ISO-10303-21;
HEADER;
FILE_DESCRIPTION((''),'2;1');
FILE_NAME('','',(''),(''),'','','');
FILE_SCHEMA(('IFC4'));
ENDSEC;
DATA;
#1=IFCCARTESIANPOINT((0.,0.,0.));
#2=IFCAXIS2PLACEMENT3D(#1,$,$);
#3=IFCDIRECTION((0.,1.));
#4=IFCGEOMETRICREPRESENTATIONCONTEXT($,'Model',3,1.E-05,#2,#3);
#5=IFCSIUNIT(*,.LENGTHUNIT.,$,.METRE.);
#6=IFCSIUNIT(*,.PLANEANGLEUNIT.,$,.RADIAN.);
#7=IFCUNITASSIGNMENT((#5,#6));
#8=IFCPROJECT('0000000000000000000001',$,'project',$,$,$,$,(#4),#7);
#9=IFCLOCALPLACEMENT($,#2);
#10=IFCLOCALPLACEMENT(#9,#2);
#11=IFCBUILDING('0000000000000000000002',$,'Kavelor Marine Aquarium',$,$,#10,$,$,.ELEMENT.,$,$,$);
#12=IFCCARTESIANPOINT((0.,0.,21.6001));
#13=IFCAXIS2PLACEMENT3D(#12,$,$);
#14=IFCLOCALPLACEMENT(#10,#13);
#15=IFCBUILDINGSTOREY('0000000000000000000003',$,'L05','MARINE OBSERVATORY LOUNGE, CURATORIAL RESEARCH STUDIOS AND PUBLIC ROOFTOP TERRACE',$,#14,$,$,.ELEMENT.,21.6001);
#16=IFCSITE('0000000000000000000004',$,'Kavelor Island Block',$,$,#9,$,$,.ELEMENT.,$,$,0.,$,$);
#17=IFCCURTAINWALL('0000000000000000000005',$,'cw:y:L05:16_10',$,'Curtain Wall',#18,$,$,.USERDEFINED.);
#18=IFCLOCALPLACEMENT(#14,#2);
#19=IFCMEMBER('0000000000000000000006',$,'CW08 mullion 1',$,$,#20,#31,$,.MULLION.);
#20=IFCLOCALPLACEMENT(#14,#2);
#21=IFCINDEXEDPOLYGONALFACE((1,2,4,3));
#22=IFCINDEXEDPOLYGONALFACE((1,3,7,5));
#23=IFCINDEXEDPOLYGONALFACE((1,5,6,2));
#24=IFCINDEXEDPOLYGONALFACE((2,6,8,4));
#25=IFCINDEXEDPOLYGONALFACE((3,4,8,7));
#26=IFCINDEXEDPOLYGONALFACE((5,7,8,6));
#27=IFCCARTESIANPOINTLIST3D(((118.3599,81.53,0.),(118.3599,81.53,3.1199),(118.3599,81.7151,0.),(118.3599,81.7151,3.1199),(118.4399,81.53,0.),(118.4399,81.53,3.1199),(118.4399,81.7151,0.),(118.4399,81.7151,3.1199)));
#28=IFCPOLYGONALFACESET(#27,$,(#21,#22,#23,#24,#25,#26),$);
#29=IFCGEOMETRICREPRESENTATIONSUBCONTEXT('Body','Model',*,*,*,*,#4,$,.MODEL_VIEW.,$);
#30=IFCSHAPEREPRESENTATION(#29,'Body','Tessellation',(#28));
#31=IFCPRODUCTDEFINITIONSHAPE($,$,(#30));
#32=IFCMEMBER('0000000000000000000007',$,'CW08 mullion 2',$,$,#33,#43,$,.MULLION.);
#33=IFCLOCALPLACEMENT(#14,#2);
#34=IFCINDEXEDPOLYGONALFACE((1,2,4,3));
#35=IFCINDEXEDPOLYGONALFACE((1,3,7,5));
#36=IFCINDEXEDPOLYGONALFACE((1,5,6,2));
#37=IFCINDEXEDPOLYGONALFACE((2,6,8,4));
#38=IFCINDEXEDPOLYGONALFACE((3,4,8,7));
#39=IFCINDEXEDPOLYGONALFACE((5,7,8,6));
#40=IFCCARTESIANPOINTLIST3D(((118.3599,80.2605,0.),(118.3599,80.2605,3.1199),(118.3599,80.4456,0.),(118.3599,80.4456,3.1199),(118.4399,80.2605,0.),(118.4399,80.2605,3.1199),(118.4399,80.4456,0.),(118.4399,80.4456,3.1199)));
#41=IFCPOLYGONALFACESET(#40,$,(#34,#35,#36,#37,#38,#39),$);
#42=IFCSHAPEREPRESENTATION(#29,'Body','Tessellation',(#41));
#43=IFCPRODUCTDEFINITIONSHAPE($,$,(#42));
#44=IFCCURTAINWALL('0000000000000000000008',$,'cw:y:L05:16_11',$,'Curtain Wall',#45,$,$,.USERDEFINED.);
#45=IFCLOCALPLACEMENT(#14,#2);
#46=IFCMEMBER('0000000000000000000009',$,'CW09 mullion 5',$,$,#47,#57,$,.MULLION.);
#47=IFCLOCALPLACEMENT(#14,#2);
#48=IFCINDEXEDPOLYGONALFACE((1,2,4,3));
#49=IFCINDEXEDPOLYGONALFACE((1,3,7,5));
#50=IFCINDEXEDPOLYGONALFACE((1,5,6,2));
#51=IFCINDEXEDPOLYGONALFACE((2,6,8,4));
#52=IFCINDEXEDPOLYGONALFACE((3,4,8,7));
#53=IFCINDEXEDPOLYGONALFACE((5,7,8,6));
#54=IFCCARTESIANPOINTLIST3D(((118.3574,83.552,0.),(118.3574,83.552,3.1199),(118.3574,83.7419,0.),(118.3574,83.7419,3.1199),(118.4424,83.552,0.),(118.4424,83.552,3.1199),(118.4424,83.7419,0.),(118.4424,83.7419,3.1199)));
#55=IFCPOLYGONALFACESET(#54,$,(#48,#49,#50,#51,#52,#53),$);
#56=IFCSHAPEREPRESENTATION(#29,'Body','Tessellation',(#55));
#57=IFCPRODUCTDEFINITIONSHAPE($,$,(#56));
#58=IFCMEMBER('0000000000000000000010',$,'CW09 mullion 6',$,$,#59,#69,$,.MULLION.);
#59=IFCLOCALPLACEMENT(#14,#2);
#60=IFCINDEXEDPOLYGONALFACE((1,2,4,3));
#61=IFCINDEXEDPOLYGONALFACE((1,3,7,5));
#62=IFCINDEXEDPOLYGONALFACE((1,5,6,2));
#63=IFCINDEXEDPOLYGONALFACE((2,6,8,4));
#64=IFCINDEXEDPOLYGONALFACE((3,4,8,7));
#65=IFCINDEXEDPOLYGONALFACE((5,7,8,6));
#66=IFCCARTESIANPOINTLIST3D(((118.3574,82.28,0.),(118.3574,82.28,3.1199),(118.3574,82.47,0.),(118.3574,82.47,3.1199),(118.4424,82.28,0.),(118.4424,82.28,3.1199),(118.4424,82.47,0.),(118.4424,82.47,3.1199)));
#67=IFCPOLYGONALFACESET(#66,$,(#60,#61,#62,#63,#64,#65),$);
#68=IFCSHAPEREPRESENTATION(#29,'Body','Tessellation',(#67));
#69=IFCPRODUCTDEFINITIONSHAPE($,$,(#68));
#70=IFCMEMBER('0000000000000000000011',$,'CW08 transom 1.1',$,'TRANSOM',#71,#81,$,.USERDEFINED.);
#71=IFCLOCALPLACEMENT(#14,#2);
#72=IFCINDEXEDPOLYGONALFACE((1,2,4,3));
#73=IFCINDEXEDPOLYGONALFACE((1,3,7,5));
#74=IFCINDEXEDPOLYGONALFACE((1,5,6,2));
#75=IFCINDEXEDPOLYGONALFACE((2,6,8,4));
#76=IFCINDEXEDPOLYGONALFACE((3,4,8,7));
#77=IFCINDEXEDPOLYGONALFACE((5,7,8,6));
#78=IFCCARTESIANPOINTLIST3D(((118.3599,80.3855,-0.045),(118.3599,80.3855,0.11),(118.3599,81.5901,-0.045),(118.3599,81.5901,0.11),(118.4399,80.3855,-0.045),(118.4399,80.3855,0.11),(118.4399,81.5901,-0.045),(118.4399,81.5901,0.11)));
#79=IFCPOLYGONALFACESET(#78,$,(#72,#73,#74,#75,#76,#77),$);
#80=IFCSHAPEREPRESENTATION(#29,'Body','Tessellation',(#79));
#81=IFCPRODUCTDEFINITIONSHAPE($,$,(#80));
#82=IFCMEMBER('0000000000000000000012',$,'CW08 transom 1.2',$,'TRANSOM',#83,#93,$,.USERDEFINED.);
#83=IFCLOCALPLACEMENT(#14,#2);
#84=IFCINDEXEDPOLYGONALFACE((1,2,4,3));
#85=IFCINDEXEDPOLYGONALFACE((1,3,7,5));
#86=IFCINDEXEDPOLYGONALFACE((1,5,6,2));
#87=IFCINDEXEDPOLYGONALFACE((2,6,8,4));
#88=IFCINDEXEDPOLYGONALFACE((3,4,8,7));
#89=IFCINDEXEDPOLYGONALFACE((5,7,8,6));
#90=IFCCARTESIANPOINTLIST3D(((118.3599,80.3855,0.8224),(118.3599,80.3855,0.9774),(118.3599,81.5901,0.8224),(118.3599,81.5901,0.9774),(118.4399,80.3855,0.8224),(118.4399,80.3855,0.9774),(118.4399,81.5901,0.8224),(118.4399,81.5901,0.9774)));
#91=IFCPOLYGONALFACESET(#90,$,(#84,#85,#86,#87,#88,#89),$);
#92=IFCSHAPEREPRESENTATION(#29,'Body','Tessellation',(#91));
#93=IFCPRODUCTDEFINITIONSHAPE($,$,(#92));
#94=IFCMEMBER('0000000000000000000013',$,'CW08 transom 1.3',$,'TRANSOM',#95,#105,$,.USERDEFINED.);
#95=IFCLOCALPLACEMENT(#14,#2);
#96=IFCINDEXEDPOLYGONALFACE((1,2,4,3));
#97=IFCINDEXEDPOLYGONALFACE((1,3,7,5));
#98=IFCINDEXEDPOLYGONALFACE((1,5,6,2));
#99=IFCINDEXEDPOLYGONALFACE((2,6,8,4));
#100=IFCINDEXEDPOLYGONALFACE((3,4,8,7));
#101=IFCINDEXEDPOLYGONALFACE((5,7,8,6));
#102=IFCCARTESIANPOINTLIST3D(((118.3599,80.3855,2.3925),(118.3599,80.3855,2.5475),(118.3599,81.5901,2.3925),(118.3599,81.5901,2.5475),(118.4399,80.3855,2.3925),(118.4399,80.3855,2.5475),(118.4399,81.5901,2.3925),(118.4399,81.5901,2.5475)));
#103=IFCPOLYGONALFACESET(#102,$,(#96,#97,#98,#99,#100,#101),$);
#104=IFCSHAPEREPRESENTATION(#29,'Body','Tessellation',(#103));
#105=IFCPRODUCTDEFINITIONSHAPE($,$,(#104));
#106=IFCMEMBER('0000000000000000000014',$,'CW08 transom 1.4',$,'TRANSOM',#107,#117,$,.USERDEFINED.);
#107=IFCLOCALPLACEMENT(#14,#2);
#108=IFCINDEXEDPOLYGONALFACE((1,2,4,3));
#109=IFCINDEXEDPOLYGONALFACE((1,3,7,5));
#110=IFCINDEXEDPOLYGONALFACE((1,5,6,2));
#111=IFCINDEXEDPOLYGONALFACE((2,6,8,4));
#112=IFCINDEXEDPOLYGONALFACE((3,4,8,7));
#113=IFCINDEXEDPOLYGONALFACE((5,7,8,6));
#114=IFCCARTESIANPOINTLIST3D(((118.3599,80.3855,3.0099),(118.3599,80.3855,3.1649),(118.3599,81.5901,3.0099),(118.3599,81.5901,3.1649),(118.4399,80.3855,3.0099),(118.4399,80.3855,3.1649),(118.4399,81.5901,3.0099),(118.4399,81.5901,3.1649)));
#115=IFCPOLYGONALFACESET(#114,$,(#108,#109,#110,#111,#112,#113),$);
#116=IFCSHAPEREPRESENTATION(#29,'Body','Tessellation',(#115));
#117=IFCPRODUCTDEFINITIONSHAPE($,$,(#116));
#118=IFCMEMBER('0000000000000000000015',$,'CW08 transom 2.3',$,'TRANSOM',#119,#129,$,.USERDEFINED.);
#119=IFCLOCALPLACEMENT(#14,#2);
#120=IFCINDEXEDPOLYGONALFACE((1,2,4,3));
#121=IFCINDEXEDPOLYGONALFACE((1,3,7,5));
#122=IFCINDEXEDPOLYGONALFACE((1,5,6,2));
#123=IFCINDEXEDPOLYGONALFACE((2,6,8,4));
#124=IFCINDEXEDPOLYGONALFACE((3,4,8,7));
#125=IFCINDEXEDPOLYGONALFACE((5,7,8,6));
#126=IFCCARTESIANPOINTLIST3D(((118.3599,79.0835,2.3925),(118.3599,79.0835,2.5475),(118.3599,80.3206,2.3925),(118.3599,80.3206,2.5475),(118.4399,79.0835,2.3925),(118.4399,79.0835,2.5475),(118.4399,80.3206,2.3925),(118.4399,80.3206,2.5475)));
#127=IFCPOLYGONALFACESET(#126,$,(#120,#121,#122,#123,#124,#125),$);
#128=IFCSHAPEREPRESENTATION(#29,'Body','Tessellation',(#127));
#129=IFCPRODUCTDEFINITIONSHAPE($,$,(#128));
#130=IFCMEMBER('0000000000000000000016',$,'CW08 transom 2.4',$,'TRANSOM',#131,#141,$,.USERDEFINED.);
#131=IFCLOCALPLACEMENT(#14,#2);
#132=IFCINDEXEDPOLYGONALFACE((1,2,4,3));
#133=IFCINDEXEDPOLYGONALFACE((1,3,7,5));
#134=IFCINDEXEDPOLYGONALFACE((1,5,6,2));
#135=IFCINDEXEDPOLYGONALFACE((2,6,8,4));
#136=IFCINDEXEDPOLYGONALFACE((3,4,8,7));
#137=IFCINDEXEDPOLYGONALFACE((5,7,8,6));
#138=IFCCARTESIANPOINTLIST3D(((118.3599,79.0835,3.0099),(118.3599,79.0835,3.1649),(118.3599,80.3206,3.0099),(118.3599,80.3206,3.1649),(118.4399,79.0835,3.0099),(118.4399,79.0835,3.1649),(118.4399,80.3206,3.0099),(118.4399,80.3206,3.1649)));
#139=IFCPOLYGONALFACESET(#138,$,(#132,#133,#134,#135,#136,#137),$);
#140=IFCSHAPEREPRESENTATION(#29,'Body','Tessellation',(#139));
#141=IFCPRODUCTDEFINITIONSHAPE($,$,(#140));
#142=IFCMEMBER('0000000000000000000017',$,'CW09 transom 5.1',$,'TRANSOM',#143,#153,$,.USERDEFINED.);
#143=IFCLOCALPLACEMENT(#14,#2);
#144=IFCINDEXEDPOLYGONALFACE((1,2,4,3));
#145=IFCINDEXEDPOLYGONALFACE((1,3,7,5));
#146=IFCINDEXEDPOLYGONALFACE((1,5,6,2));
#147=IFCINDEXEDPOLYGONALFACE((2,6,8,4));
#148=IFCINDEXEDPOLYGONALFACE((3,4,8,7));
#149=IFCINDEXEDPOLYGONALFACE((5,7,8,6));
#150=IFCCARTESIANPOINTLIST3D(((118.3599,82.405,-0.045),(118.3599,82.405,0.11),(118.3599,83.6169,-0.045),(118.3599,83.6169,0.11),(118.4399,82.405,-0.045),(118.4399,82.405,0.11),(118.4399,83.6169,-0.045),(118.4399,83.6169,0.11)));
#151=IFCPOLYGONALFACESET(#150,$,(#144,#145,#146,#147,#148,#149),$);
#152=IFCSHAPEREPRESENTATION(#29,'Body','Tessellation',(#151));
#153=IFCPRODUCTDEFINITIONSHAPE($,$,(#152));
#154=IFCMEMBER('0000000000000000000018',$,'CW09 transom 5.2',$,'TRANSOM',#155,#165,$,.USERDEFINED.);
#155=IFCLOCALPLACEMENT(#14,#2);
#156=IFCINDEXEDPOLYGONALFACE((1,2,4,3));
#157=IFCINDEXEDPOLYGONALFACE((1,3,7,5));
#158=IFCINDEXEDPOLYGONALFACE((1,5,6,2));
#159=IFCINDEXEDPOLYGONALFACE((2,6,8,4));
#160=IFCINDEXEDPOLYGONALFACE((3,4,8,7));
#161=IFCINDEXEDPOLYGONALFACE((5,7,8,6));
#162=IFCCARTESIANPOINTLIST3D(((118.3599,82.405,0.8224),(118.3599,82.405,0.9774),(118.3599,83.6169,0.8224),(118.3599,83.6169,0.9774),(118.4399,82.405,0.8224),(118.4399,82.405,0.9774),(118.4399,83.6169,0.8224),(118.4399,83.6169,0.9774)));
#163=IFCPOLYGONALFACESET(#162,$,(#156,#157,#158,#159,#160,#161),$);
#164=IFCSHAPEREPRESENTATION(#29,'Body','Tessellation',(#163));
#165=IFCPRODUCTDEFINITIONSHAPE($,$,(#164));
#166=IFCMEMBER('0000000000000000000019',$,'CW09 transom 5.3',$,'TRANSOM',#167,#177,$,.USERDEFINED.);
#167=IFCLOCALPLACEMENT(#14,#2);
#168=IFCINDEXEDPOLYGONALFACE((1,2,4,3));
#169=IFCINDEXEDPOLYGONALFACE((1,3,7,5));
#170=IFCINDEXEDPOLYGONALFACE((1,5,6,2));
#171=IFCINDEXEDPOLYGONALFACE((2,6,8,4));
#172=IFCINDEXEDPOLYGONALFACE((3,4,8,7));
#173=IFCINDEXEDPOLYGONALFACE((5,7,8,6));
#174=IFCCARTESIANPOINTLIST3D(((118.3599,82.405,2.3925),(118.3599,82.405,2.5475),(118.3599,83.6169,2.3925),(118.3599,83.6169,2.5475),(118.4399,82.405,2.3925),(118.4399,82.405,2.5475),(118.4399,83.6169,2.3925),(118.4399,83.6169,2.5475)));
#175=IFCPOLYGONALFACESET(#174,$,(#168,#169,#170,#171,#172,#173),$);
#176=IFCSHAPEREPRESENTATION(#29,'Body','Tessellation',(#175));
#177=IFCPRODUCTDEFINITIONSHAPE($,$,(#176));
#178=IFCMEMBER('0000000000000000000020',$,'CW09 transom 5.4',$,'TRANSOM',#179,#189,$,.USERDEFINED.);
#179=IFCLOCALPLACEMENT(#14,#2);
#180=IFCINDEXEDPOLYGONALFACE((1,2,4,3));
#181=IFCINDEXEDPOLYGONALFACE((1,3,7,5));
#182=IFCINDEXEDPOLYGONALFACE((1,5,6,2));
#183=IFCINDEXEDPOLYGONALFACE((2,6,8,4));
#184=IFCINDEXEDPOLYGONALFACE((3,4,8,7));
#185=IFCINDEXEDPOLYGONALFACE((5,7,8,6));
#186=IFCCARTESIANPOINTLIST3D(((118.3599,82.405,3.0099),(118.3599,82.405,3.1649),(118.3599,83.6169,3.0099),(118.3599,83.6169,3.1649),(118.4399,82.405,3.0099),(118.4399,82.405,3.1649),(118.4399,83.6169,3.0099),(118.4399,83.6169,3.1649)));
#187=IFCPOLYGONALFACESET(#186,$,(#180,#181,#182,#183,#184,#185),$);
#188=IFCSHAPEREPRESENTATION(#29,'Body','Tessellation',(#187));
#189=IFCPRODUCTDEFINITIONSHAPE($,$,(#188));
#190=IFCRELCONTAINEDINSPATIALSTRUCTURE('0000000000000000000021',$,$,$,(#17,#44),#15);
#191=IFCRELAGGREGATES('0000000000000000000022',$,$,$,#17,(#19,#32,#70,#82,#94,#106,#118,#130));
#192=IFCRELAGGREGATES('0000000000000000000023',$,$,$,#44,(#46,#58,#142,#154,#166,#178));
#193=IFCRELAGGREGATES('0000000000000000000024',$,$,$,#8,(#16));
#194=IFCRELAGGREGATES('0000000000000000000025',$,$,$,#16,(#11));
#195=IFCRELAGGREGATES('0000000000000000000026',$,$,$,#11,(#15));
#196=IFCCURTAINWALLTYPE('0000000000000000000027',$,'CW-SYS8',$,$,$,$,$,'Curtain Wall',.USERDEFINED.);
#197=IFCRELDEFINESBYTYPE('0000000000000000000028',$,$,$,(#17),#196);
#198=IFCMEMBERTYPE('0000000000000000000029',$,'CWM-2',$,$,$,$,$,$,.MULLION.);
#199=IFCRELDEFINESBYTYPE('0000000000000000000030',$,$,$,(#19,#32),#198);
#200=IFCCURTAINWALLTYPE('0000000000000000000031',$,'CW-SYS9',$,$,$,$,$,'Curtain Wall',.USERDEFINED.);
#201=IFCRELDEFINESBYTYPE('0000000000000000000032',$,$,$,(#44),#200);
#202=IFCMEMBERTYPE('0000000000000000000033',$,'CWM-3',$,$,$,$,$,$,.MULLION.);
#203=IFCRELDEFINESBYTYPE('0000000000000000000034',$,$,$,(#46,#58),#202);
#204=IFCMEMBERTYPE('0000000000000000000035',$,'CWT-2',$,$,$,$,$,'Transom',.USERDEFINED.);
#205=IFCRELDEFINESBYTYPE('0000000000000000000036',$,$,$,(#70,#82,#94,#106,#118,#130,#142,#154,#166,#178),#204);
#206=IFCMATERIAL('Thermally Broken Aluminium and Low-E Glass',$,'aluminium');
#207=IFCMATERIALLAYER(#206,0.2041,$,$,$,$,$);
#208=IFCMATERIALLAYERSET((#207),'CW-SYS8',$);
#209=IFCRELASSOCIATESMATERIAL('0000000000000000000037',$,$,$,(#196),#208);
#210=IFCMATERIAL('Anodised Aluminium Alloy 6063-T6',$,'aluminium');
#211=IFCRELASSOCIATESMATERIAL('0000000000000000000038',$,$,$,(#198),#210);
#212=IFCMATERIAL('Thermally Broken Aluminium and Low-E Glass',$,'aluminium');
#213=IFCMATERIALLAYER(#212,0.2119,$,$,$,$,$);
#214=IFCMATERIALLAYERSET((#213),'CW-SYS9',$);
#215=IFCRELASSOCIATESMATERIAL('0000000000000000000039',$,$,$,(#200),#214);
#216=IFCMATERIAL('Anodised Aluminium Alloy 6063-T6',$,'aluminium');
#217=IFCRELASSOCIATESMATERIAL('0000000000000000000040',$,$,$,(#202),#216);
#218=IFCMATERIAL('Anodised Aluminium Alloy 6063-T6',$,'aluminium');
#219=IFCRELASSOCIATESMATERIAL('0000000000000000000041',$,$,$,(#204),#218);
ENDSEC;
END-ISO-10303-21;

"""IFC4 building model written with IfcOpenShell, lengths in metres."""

from ifc_helpers import new_model, si_unit, direction, frame, origin, origin_2d, place, context, subcontext, project, spatial, rectangle, extrude, material, layer, layer_set, material_profile, profile_set, type_object, element, aggregate, save


model = new_model("IFC4")

# Units and contexts
model_context = context("Model", 3, precision=1e-05, world=origin(), true_north=direction((0.0, 1.0)))
body_context = subcontext(model_context, "Body", "Model", "MODEL_VIEW")
ifc_project = project(units=[si_unit("LENGTHUNIT", "METRE"), si_unit("PLANEANGLEUNIT", "RADIAN")], contexts=[model_context])

# Site, building, storey
site_placement = place(None, origin())
site = spatial("IfcSite", under=ifc_project, at=site_placement, Name="Kavelor Island Block", CompositionType="ELEMENT", RefElevation=0.0)
building_placement = place(site_placement, origin())
building = spatial("IfcBuilding", under=site, at=building_placement, Name="Kavelor Marine Aquarium", CompositionType="ELEMENT")
storey_placement = place(building_placement, frame((0.0, 0.0, 21.6001)))
storey = spatial("IfcBuildingStorey", under=building, at=storey_placement, Name="L05", Description="MARINE OBSERVATORY LOUNGE, CURATORIAL RESEARCH STUDIOS AND PUBLIC ROOFTOP TERRACE", CompositionType="ELEMENT", Elevation=21.6001)

# Curtain walls, members
ifc_material_1 = material(Name="Thermally Broken Aluminium and Low-E Glass", Category="aluminium")
ifc_layer_1 = layer(ifc_material_1, 0.2041)
ifc_layer_set_1 = layer_set([ifc_layer_1], Name="CW-SYS8")
curtain_wall_type_1 = type_object("IfcCurtainWallType", Name="CW-SYS8", ElementType="Curtain Wall", PredefinedType="USERDEFINED", material=ifc_layer_set_1)
curtain_wall_1_placement = place(storey_placement, origin())
curtain_wall_1 = element("IfcCurtainWall", 1, at=curtain_wall_1_placement, inside=storey, type_object=curtain_wall_type_1, Name="cw:y:L05:16_10", ObjectType="Curtain Wall", PredefinedType="USERDEFINED")
ifc_material_2 = material(Name="Anodised Aluminium Alloy 6063-T6", Category="aluminium")
ifc_material_profile_1 = material_profile(ifc_material_2, rectangle(XDim=0.0801, YDim=0.1851, at=origin_2d()), Name="CW-MUL 80x185")
ifc_profile_set_1 = profile_set([ifc_material_profile_1], Name="Anodised Aluminium Alloy 6063-T6")
member_type_1 = type_object("IfcMemberType", Name="CWM-2", PredefinedType="MULLION", material=ifc_profile_set_1)
member_1_placement = place(storey_placement, frame((118.3999, 81.6226, 0.0), z_axis=(0.0, 0.0, 1.0), x_axis=(1.0, 0.0, 0.0)))
member_1 = element("IfcMember", 2, at=member_1_placement, type_object=member_type_1, Name="CW08 mullion 1", PredefinedType="MULLION", context=body_context, shape_type="SweptSolid", body=[
    extrude(rectangle(XDim=0.0801, YDim=0.1851, at=origin_2d()), origin(), (0.0, 0.0, 1.0), 3.1199),
])
member_2_placement = place(storey_placement, frame((118.3999, 80.353, 0.0), z_axis=(0.0, 0.0, 1.0), x_axis=(1.0, 0.0, 0.0)))
member_2 = element("IfcMember", 3, at=member_2_placement, type_object=member_type_1, Name="CW08 mullion 2", PredefinedType="MULLION", context=body_context, shape_type="SweptSolid", body=[
    extrude(rectangle(XDim=0.0801, YDim=0.1851, at=origin_2d()), origin(), (0.0, 0.0, 1.0), 3.1199),
])
ifc_material_3 = material(Name="Thermally Broken Aluminium and Low-E Glass", Category="aluminium")
ifc_layer_2 = layer(ifc_material_3, 0.2119)
ifc_layer_set_2 = layer_set([ifc_layer_2], Name="CW-SYS9")
curtain_wall_type_2 = type_object("IfcCurtainWallType", Name="CW-SYS9", ElementType="Curtain Wall", PredefinedType="USERDEFINED", material=ifc_layer_set_2)
curtain_wall_2_placement = place(storey_placement, origin())
curtain_wall_2 = element("IfcCurtainWall", 4, at=curtain_wall_2_placement, inside=storey, type_object=curtain_wall_type_2, Name="cw:y:L05:16_11", ObjectType="Curtain Wall", PredefinedType="USERDEFINED")
ifc_material_4 = material(Name="Anodised Aluminium Alloy 6063-T6", Category="aluminium")
ifc_material_profile_2 = material_profile(ifc_material_4, rectangle(XDim=0.085, YDim=0.1899, at=origin_2d()), Name="CW-MUL 85x190")
ifc_profile_set_2 = profile_set([ifc_material_profile_2], Name="Anodised Aluminium Alloy 6063-T6")
member_type_2 = type_object("IfcMemberType", Name="CWM-3", PredefinedType="MULLION", material=ifc_profile_set_2)
member_3_placement = place(storey_placement, frame((118.3999, 83.647, 0.0), z_axis=(0.0, 0.0, 1.0), x_axis=(1.0, 0.0, 0.0)))
member_3 = element("IfcMember", 5, at=member_3_placement, type_object=member_type_2, Name="CW09 mullion 5", PredefinedType="MULLION", context=body_context, shape_type="SweptSolid", body=[
    extrude(rectangle(XDim=0.085, YDim=0.1899, at=origin_2d()), origin(), (0.0, 0.0, 1.0), 3.1199),
])
member_4_placement = place(storey_placement, frame((118.3999, 82.375, 0.0), z_axis=(0.0, 0.0, 1.0), x_axis=(1.0, 0.0, 0.0)))
member_4 = element("IfcMember", 6, at=member_4_placement, type_object=member_type_2, Name="CW09 mullion 6", PredefinedType="MULLION", context=body_context, shape_type="SweptSolid", body=[
    extrude(rectangle(XDim=0.085, YDim=0.1899, at=origin_2d()), origin(), (0.0, 0.0, 1.0), 3.1199),
])

# Members
ifc_material_5 = material(Name="Anodised Aluminium Alloy 6063-T6", Category="aluminium")
ifc_material_profile_3 = material_profile(ifc_material_5, rectangle(XDim=0.0801, YDim=0.155, at=origin_2d()), Name="CW-TRN 80x155")
ifc_profile_set_3 = profile_set([ifc_material_profile_3], Name="Anodised Aluminium Alloy 6063-T6")
member_type_3 = type_object("IfcMemberType", Name="CWT-2", ElementType="Transom", PredefinedType="USERDEFINED", material=ifc_profile_set_3)
member_5_placement = place(storey_placement, frame((118.3999, 81.5901, 0.0325), z_axis=(0.0, -1.0, 0.0), x_axis=(1.0, 0.0, 0.0)))
member_5 = element("IfcMember", 7, at=member_5_placement, type_object=member_type_3, Name="CW08 transom 1.1", ObjectType="TRANSOM", PredefinedType="USERDEFINED", context=body_context, shape_type="SweptSolid", body=[
    extrude(rectangle(XDim=0.0801, YDim=0.155, at=origin_2d()), origin(), (0.0, 0.0, 1.0), 1.2046),
])
member_6_placement = place(storey_placement, frame((118.3999, 81.5901, 0.8999), z_axis=(0.0, -1.0, 0.0), x_axis=(1.0, 0.0, 0.0)))
member_6 = element("IfcMember", 8, at=member_6_placement, type_object=member_type_3, Name="CW08 transom 1.2", ObjectType="TRANSOM", PredefinedType="USERDEFINED", context=body_context, shape_type="SweptSolid", body=[
    extrude(rectangle(XDim=0.0801, YDim=0.155, at=origin_2d()), origin(), (0.0, 0.0, 1.0), 1.2046),
])
member_7_placement = place(storey_placement, frame((118.3999, 81.5901, 2.47), z_axis=(0.0, -1.0, 0.0), x_axis=(1.0, 0.0, 0.0)))
member_7 = element("IfcMember", 9, at=member_7_placement, type_object=member_type_3, Name="CW08 transom 1.3", ObjectType="TRANSOM", PredefinedType="USERDEFINED", context=body_context, shape_type="SweptSolid", body=[
    extrude(rectangle(XDim=0.0801, YDim=0.155, at=origin_2d()), origin(), (0.0, 0.0, 1.0), 1.2046),
])
member_8_placement = place(storey_placement, frame((118.3999, 81.5901, 3.0874), z_axis=(0.0, -1.0, 0.0), x_axis=(1.0, 0.0, 0.0)))
member_8 = element("IfcMember", 10, at=member_8_placement, type_object=member_type_3, Name="CW08 transom 1.4", ObjectType="TRANSOM", PredefinedType="USERDEFINED", context=body_context, shape_type="SweptSolid", body=[
    extrude(rectangle(XDim=0.0801, YDim=0.155, at=origin_2d()), origin(), (0.0, 0.0, 1.0), 1.2046),
])
member_9_placement = place(storey_placement, frame((118.3999, 80.3206, 2.47), z_axis=(0.0, -1.0, 0.0), x_axis=(1.0, 0.0, 0.0)))
member_9 = element("IfcMember", 11, at=member_9_placement, type_object=member_type_3, Name="CW08 transom 2.3", ObjectType="TRANSOM", PredefinedType="USERDEFINED", context=body_context, shape_type="SweptSolid", body=[
    extrude(rectangle(XDim=0.0801, YDim=0.155, at=origin_2d()), origin(), (0.0, 0.0, 1.0), 1.2371),
])
member_10_placement = place(storey_placement, frame((118.3999, 80.3206, 3.0874), z_axis=(0.0, -1.0, 0.0), x_axis=(1.0, 0.0, 0.0)))
member_10 = element("IfcMember", 12, at=member_10_placement, type_object=member_type_3, Name="CW08 transom 2.4", ObjectType="TRANSOM", PredefinedType="USERDEFINED", context=body_context, shape_type="SweptSolid", body=[
    extrude(rectangle(XDim=0.0801, YDim=0.155, at=origin_2d()), origin(), (0.0, 0.0, 1.0), 1.2371),
])
member_11_placement = place(storey_placement, frame((118.3999, 83.6169, 0.0325), z_axis=(0.0, -1.0, 0.0), x_axis=(1.0, 0.0, 0.0)))
member_11 = element("IfcMember", 13, at=member_11_placement, type_object=member_type_3, Name="CW09 transom 5.1", ObjectType="TRANSOM", PredefinedType="USERDEFINED", context=body_context, shape_type="SweptSolid", body=[
    extrude(rectangle(XDim=0.0801, YDim=0.155, at=origin_2d()), origin(), (0.0, 0.0, 1.0), 1.2119),
])
member_12_placement = place(storey_placement, frame((118.3999, 83.6169, 0.8999), z_axis=(0.0, -1.0, 0.0), x_axis=(1.0, 0.0, 0.0)))
member_12 = element("IfcMember", 14, at=member_12_placement, type_object=member_type_3, Name="CW09 transom 5.2", ObjectType="TRANSOM", PredefinedType="USERDEFINED", context=body_context, shape_type="SweptSolid", body=[
    extrude(rectangle(XDim=0.0801, YDim=0.155, at=origin_2d()), origin(), (0.0, 0.0, 1.0), 1.2119),
])
member_13_placement = place(storey_placement, frame((118.3999, 83.6169, 2.47), z_axis=(0.0, -1.0, 0.0), x_axis=(1.0, 0.0, 0.0)))
member_13 = element("IfcMember", 15, at=member_13_placement, type_object=member_type_3, Name="CW09 transom 5.3", ObjectType="TRANSOM", PredefinedType="USERDEFINED", context=body_context, shape_type="SweptSolid", body=[
    extrude(rectangle(XDim=0.0801, YDim=0.155, at=origin_2d()), origin(), (0.0, 0.0, 1.0), 1.2119),
])
member_14_placement = place(storey_placement, frame((118.3999, 83.6169, 3.0874), z_axis=(0.0, -1.0, 0.0), x_axis=(1.0, 0.0, 0.0)))
member_14 = element("IfcMember", 16, at=member_14_placement, type_object=member_type_3, Name="CW09 transom 5.4", ObjectType="TRANSOM", PredefinedType="USERDEFINED", context=body_context, shape_type="SweptSolid", body=[
    extrude(rectangle(XDim=0.0801, YDim=0.155, at=origin_2d()), origin(), (0.0, 0.0, 1.0), 1.2119),
])

aggregate(curtain_wall_1, [member_1, member_2, member_5, member_6, member_7, member_8, member_9, member_10])
aggregate(curtain_wall_2, [member_3, member_4, member_11, member_12, member_13, member_14])

save(model, "model.ifc")
